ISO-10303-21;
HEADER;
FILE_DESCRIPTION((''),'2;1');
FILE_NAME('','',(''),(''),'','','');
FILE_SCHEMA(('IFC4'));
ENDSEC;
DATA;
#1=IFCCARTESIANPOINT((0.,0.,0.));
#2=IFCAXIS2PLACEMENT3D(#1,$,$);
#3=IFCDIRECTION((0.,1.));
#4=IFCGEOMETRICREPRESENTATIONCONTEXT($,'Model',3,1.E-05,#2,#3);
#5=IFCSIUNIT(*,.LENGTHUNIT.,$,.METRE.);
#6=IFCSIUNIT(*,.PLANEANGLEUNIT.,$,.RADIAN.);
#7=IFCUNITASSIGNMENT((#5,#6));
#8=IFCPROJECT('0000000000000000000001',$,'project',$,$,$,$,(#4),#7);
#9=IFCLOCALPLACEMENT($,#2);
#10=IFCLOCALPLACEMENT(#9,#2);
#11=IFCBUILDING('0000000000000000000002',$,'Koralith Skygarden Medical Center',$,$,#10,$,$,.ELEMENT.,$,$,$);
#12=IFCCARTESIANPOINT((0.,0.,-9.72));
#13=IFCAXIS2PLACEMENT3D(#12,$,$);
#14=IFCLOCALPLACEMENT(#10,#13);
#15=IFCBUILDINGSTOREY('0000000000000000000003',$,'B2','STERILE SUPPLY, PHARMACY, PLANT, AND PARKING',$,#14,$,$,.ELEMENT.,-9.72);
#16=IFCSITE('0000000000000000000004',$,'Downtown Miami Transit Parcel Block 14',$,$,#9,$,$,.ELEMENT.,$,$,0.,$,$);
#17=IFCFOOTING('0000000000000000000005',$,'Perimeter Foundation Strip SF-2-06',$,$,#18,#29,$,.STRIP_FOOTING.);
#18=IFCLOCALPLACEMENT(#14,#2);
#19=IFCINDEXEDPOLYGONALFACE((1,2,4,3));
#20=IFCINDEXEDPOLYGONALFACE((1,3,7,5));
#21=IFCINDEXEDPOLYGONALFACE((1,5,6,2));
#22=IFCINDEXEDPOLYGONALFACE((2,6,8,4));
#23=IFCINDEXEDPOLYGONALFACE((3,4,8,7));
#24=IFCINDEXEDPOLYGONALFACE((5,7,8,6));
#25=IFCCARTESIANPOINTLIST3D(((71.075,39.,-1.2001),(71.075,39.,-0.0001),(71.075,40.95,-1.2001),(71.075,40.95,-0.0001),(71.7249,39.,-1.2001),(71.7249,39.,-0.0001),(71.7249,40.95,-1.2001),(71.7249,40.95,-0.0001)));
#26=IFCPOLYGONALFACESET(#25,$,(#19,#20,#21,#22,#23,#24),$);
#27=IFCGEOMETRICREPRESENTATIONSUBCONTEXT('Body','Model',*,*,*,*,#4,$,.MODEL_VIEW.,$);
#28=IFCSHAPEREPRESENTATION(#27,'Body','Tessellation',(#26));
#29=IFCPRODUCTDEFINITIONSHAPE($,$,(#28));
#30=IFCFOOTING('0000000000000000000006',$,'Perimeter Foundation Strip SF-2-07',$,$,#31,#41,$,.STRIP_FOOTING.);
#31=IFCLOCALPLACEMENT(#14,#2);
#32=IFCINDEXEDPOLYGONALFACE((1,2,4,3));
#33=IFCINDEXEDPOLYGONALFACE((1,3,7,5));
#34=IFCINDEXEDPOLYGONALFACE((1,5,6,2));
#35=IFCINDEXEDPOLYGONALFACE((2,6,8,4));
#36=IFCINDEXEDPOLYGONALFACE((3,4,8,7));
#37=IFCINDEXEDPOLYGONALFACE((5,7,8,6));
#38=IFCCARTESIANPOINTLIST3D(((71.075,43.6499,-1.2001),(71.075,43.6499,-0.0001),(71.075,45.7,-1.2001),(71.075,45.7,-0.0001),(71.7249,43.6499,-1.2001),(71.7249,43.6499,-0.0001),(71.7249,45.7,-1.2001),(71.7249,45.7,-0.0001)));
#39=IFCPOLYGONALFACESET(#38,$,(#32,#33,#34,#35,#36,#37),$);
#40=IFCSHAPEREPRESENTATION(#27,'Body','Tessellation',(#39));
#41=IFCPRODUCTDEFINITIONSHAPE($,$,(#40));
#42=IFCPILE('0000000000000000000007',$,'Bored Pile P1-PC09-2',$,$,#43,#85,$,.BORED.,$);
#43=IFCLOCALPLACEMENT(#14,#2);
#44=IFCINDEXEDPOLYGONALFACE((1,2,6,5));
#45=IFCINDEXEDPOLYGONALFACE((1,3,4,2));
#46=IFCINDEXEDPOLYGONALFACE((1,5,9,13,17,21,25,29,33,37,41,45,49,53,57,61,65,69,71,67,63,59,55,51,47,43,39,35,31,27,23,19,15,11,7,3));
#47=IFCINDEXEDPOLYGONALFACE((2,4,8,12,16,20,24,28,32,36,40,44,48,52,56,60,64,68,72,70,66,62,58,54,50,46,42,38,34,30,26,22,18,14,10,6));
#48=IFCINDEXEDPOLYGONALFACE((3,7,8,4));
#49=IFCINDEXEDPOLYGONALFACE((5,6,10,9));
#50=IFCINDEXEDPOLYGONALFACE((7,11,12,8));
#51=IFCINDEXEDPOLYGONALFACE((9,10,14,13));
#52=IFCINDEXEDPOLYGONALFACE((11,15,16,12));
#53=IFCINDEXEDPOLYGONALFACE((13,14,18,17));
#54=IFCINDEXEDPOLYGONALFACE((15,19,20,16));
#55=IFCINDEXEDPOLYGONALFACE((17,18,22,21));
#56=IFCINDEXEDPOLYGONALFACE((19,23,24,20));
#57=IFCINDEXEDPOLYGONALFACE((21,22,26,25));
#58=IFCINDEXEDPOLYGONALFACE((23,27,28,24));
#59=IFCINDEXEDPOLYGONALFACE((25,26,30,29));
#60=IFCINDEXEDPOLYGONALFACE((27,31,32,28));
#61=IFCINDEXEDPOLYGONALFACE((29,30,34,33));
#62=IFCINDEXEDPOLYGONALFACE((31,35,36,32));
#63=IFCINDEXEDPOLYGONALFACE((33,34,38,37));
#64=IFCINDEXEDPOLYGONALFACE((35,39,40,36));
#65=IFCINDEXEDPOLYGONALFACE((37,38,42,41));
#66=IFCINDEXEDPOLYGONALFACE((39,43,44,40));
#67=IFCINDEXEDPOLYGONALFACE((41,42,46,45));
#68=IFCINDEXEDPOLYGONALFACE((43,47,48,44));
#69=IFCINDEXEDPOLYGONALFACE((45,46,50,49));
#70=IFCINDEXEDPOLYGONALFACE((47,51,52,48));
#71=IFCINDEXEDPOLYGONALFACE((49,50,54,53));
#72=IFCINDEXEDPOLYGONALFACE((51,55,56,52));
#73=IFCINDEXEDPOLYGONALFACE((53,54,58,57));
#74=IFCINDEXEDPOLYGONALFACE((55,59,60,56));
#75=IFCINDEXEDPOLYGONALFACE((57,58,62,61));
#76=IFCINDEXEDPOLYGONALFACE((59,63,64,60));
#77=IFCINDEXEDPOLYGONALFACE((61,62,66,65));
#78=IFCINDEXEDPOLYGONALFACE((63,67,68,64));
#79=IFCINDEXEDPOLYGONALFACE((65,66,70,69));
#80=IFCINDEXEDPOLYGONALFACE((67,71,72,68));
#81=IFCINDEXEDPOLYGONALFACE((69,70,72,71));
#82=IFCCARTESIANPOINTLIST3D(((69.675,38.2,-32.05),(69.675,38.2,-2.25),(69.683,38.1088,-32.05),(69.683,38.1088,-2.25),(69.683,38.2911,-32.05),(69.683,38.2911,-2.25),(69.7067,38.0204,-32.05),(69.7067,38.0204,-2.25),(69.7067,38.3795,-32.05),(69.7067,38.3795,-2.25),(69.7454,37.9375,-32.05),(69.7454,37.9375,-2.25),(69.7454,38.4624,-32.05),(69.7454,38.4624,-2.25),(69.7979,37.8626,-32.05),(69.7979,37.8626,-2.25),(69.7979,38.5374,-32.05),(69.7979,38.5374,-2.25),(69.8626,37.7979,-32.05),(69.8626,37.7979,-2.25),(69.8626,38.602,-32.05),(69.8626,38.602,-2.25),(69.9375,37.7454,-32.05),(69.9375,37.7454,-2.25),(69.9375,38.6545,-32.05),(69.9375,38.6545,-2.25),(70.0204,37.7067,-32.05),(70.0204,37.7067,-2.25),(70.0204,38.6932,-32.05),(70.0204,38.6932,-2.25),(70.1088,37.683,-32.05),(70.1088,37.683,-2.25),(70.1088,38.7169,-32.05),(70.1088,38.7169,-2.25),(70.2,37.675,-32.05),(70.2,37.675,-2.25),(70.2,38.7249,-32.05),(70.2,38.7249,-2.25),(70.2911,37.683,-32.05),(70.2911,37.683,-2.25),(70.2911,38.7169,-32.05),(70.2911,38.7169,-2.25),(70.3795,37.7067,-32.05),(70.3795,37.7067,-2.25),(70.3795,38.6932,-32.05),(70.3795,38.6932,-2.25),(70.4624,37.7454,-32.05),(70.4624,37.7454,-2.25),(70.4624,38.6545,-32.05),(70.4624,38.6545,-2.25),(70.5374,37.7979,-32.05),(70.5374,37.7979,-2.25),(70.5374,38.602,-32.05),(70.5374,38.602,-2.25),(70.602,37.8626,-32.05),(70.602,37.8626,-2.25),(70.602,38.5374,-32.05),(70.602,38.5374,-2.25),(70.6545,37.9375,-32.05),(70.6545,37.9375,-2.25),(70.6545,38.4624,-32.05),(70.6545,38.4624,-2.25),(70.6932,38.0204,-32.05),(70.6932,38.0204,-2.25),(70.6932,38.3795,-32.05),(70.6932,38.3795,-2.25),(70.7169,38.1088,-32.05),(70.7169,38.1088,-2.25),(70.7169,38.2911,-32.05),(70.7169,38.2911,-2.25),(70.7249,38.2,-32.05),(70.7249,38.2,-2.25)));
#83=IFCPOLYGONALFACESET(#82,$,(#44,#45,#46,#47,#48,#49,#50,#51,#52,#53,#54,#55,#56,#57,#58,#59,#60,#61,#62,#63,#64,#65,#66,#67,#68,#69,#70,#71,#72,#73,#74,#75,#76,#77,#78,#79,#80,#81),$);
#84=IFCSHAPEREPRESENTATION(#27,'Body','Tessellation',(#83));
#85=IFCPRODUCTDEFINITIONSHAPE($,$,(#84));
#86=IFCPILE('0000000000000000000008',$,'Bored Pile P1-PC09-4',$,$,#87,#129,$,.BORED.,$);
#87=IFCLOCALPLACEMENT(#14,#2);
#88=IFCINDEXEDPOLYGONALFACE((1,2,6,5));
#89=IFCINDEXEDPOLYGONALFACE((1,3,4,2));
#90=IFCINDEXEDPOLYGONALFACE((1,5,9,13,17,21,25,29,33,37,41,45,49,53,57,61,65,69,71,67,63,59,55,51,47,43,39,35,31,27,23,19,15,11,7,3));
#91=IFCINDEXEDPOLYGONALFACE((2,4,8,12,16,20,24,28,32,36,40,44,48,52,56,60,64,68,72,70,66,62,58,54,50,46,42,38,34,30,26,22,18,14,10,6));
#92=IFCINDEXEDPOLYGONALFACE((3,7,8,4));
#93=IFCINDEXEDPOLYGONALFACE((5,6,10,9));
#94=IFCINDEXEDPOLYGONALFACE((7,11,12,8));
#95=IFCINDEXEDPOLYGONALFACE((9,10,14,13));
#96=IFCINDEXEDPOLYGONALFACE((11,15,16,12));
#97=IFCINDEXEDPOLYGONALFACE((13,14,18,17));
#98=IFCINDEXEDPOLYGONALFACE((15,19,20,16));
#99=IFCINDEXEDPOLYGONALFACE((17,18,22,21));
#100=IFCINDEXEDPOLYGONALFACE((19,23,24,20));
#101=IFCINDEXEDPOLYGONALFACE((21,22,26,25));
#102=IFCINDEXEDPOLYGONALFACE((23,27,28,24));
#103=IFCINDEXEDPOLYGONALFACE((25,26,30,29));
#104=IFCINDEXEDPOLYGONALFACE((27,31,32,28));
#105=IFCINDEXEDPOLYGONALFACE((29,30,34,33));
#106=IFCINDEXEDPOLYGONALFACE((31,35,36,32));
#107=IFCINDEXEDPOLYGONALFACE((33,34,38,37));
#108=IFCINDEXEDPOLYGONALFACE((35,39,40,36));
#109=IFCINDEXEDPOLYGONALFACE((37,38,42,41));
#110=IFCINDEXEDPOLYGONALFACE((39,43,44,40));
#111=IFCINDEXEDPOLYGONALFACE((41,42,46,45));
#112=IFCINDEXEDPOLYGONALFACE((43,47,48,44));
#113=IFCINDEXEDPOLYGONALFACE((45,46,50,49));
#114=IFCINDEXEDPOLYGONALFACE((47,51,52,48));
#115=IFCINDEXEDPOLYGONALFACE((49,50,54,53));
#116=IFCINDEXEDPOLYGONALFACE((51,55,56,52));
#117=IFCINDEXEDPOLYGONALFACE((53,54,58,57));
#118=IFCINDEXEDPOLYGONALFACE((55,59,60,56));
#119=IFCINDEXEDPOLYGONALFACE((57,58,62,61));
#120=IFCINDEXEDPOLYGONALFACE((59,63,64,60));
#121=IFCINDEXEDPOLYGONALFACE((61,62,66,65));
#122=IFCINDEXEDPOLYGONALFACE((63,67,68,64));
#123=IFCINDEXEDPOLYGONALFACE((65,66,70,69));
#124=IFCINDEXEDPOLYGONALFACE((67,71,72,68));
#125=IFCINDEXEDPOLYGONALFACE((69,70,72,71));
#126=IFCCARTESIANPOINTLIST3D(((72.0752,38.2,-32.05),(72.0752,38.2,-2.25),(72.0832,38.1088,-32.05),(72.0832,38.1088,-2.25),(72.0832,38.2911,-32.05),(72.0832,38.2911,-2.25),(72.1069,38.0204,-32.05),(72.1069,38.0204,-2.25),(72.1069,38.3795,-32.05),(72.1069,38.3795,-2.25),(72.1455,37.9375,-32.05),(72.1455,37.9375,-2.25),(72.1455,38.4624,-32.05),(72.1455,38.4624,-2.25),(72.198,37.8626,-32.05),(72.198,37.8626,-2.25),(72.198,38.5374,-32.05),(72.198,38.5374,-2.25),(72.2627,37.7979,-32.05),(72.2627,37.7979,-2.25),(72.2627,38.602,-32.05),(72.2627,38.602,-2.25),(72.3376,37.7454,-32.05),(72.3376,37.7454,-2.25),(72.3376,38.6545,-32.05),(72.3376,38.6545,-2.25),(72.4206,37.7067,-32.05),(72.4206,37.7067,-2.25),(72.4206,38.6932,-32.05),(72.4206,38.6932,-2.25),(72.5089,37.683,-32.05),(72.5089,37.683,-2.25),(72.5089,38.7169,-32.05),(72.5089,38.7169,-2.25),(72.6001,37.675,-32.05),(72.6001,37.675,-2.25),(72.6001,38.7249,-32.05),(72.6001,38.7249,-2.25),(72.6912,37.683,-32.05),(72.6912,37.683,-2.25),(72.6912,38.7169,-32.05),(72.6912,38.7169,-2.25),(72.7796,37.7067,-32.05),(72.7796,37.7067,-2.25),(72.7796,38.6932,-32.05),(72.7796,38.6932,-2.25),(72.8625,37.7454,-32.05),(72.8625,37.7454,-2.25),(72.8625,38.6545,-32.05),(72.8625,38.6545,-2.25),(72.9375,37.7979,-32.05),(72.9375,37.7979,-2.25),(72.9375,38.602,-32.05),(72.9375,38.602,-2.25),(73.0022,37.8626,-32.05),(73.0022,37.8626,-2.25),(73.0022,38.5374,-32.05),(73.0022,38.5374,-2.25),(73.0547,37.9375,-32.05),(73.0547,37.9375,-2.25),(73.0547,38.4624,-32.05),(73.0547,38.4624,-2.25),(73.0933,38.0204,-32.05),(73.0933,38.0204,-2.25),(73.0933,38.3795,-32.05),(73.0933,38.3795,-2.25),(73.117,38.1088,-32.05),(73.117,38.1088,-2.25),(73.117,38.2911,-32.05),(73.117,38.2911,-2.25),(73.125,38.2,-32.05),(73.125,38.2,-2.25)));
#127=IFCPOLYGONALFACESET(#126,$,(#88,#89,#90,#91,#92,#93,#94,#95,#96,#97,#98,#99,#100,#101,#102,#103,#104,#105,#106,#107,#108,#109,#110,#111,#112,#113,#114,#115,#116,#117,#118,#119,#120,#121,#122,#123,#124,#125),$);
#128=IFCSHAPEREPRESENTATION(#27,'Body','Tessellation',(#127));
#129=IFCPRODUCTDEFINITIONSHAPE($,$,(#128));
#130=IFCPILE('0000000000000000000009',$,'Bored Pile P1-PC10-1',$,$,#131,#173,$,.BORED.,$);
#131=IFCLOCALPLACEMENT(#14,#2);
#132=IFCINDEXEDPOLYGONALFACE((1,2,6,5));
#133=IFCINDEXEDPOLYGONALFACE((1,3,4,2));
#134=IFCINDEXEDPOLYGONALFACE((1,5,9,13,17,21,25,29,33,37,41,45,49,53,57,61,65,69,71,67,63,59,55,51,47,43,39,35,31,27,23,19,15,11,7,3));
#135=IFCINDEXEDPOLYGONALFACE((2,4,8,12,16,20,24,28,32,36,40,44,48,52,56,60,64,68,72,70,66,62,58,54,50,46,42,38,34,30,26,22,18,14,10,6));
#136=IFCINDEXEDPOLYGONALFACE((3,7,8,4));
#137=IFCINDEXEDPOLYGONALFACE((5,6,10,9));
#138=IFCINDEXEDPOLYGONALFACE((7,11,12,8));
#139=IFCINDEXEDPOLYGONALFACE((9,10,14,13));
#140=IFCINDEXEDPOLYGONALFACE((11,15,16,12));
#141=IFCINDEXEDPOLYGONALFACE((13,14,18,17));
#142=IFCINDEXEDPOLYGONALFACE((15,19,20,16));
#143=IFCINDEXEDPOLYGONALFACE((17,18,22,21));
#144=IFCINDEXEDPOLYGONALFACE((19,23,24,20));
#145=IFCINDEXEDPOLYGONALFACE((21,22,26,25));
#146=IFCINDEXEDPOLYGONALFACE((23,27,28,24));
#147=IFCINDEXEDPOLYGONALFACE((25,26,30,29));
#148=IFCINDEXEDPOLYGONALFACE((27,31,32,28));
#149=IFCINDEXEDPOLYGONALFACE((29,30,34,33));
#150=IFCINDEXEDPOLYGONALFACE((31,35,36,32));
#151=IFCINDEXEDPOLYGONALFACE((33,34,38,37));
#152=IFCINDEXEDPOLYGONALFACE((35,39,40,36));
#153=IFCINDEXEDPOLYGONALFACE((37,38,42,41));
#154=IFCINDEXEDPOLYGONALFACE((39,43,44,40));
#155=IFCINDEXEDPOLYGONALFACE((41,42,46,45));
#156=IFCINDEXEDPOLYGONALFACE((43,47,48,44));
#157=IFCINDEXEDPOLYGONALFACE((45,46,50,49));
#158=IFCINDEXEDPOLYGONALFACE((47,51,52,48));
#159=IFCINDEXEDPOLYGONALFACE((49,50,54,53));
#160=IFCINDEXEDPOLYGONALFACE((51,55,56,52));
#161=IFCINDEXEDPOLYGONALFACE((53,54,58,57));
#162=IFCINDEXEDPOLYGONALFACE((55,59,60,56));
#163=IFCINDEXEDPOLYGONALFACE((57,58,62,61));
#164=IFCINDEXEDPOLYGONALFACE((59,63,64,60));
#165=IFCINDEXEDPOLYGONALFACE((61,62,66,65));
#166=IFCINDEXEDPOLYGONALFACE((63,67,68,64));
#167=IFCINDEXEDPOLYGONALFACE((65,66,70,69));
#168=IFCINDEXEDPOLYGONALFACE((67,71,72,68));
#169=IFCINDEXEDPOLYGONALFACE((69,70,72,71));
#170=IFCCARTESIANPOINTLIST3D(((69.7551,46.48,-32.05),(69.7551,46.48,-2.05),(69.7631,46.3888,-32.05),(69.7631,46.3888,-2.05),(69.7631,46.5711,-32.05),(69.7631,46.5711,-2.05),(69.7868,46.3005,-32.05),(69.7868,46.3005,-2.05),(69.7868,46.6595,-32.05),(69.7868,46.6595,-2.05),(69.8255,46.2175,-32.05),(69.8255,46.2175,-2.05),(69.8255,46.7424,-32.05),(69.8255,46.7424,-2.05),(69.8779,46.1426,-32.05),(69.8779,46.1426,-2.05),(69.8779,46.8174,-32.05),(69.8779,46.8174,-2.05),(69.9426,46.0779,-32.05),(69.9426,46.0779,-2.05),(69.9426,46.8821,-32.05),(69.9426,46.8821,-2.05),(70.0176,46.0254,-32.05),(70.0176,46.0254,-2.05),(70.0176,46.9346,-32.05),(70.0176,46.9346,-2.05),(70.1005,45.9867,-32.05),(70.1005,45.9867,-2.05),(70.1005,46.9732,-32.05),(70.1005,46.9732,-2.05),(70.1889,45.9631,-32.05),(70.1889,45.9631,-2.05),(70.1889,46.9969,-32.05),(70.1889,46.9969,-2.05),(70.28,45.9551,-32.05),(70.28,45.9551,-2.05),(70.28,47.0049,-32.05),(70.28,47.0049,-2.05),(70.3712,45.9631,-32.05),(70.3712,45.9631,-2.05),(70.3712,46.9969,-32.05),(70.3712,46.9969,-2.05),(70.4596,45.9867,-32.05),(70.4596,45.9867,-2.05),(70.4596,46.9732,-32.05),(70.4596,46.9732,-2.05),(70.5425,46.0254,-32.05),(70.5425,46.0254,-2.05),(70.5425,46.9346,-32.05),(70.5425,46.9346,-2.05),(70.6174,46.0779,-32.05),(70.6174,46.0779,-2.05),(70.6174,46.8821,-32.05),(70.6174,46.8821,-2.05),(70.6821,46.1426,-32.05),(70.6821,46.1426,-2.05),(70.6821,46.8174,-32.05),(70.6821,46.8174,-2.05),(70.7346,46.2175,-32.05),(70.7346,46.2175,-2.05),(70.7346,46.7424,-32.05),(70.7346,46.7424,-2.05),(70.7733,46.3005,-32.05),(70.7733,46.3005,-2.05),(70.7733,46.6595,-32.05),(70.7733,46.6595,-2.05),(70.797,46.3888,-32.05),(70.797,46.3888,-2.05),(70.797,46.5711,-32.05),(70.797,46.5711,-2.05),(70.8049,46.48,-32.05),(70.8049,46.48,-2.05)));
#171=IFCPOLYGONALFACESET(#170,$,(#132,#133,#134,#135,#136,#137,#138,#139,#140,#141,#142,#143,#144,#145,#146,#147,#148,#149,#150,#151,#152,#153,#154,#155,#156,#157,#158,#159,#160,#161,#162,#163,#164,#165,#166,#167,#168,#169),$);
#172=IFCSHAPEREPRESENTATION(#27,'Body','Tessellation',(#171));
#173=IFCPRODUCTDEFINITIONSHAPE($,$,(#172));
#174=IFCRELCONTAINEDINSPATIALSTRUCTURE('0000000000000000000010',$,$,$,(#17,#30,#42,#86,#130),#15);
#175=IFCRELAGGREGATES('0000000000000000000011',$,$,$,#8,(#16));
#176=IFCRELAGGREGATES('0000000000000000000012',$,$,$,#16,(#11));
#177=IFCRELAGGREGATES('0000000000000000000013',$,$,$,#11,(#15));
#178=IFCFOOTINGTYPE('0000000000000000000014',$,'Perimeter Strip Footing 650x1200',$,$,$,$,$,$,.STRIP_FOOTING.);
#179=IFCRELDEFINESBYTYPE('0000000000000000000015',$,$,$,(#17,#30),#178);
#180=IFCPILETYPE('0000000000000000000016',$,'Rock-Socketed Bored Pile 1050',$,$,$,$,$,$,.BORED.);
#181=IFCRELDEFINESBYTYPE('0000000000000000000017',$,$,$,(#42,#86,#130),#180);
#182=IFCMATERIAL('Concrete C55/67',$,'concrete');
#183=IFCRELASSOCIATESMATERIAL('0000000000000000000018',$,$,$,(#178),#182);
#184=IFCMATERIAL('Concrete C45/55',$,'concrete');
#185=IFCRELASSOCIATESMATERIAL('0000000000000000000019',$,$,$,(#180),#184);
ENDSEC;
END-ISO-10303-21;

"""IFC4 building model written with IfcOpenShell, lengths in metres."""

from ifc_helpers import new_model, si_unit, direction, frame, origin, origin_2d, place, context, subcontext, project, spatial, rectangle, circle, extrude, material, material_profile, profile_set, type_object, element, save


model = new_model("IFC4")

# Units and contexts
model_context = context("Model", 3, precision=1e-05, world=origin(), true_north=direction((0.0, 1.0)))
body_context = subcontext(model_context, "Body", "Model", "MODEL_VIEW")
ifc_project = project(units=[si_unit("LENGTHUNIT", "METRE"), si_unit("PLANEANGLEUNIT", "RADIAN")], contexts=[model_context])

# Site, building, storey
site_placement = place(None, origin())
site = spatial("IfcSite", under=ifc_project, at=site_placement, Name="Downtown Miami Transit Parcel Block 14", CompositionType="ELEMENT", RefElevation=0.0)
building_placement = place(site_placement, origin())
building = spatial("IfcBuilding", under=site, at=building_placement, Name="Koralith Skygarden Medical Center", CompositionType="ELEMENT")
storey_placement = place(building_placement, frame((0.0, 0.0, -9.72)))
storey = spatial("IfcBuildingStorey", under=building, at=storey_placement, Name="B2", Description="STERILE SUPPLY, PHARMACY, PLANT, AND PARKING", CompositionType="ELEMENT", Elevation=-9.72)

# Footings
ifc_material_1 = material(Name="Concrete C55/67", Category="concrete")
ifc_material_profile_1 = material_profile(ifc_material_1, rectangle(XDim=0.6499, YDim=1.2, at=origin_2d()), Name="SF650X1200")
ifc_profile_set_1 = profile_set([ifc_material_profile_1], Name="Concrete C55/67")
footing_type = type_object("IfcFootingType", Name="Perimeter Strip Footing 650x1200", PredefinedType="STRIP_FOOTING", material=ifc_profile_set_1)
footing_1_placement = place(storey_placement, frame((71.3999, 39.0, -0.6001), z_axis=(0.0, 1.0, 0.0), x_axis=(-1.0, 0.0, 0.0)))
element("IfcFooting", 1, at=footing_1_placement, inside=storey, type_object=footing_type, Name="Perimeter Foundation Strip SF-2-06", PredefinedType="STRIP_FOOTING", context=body_context, shape_type="SweptSolid", body=[
    extrude(rectangle(XDim=0.6499, YDim=1.2, at=origin_2d()), origin(), (0.0, 0.0, 1.0), 1.95),
])
footing_2_placement = place(storey_placement, frame((71.3999, 43.6499, -0.6001), z_axis=(0.0, 1.0, 0.0), x_axis=(-1.0, 0.0, 0.0)))
element("IfcFooting", 2, at=footing_2_placement, inside=storey, type_object=footing_type, Name="Perimeter Foundation Strip SF-2-07", PredefinedType="STRIP_FOOTING", context=body_context, shape_type="SweptSolid", body=[
    extrude(rectangle(XDim=0.6499, YDim=1.2, at=origin_2d()), origin(), (0.0, 0.0, 1.0), 2.05),
])

# Piles
ifc_material_2 = material(Name="Concrete C45/55", Category="concrete")
ifc_material_profile_2 = material_profile(ifc_material_2, circle(Radius=0.5249, at=origin_2d()), Name="PILE1050")
ifc_profile_set_2 = profile_set([ifc_material_profile_2], Name="Concrete C45/55")
pile_type = type_object("IfcPileType", Name="Rock-Socketed Bored Pile 1050", PredefinedType="BORED", material=ifc_profile_set_2)
for number, where, z_axis, x_axis, name in (
    (3, (70.2, 38.2, -2.25), (0.0, 0.0, -1.0), (1.0, 0.0, 0.0), "Bored Pile P1-PC09-2"),
    (4, (72.6001, 38.2, -2.25), (0.0, 0.0, -1.0), (1.0, 0.0, 0.0), "Bored Pile P1-PC09-4"),
):
    element("IfcPile", number, at=place(storey_placement, frame(where, z_axis=z_axis, x_axis=x_axis)), inside=storey, type_object=pile_type, Name=name, PredefinedType="BORED", context=body_context, shape_type="SweptSolid", body=[
        extrude(circle(Radius=0.5249, at=origin_2d()), origin(), (0.0, 0.0, 1.0), 29.8),
    ])
for number, where, z_axis, x_axis, name in (
    (5, (70.28, 46.48, -2.05), (0.0, 0.0, -1.0), (1.0, 0.0, 0.0), "Bored Pile P1-PC10-1"),
):
    element("IfcPile", number, at=place(storey_placement, frame(where, z_axis=z_axis, x_axis=x_axis)), inside=storey, type_object=pile_type, Name=name, PredefinedType="BORED", context=body_context, shape_type="SweptSolid", body=[
        extrude(circle(Radius=0.5249, at=origin_2d()), origin(), (0.0, 0.0, 1.0), 30.0),
    ])

save(model, "model.ifc")
